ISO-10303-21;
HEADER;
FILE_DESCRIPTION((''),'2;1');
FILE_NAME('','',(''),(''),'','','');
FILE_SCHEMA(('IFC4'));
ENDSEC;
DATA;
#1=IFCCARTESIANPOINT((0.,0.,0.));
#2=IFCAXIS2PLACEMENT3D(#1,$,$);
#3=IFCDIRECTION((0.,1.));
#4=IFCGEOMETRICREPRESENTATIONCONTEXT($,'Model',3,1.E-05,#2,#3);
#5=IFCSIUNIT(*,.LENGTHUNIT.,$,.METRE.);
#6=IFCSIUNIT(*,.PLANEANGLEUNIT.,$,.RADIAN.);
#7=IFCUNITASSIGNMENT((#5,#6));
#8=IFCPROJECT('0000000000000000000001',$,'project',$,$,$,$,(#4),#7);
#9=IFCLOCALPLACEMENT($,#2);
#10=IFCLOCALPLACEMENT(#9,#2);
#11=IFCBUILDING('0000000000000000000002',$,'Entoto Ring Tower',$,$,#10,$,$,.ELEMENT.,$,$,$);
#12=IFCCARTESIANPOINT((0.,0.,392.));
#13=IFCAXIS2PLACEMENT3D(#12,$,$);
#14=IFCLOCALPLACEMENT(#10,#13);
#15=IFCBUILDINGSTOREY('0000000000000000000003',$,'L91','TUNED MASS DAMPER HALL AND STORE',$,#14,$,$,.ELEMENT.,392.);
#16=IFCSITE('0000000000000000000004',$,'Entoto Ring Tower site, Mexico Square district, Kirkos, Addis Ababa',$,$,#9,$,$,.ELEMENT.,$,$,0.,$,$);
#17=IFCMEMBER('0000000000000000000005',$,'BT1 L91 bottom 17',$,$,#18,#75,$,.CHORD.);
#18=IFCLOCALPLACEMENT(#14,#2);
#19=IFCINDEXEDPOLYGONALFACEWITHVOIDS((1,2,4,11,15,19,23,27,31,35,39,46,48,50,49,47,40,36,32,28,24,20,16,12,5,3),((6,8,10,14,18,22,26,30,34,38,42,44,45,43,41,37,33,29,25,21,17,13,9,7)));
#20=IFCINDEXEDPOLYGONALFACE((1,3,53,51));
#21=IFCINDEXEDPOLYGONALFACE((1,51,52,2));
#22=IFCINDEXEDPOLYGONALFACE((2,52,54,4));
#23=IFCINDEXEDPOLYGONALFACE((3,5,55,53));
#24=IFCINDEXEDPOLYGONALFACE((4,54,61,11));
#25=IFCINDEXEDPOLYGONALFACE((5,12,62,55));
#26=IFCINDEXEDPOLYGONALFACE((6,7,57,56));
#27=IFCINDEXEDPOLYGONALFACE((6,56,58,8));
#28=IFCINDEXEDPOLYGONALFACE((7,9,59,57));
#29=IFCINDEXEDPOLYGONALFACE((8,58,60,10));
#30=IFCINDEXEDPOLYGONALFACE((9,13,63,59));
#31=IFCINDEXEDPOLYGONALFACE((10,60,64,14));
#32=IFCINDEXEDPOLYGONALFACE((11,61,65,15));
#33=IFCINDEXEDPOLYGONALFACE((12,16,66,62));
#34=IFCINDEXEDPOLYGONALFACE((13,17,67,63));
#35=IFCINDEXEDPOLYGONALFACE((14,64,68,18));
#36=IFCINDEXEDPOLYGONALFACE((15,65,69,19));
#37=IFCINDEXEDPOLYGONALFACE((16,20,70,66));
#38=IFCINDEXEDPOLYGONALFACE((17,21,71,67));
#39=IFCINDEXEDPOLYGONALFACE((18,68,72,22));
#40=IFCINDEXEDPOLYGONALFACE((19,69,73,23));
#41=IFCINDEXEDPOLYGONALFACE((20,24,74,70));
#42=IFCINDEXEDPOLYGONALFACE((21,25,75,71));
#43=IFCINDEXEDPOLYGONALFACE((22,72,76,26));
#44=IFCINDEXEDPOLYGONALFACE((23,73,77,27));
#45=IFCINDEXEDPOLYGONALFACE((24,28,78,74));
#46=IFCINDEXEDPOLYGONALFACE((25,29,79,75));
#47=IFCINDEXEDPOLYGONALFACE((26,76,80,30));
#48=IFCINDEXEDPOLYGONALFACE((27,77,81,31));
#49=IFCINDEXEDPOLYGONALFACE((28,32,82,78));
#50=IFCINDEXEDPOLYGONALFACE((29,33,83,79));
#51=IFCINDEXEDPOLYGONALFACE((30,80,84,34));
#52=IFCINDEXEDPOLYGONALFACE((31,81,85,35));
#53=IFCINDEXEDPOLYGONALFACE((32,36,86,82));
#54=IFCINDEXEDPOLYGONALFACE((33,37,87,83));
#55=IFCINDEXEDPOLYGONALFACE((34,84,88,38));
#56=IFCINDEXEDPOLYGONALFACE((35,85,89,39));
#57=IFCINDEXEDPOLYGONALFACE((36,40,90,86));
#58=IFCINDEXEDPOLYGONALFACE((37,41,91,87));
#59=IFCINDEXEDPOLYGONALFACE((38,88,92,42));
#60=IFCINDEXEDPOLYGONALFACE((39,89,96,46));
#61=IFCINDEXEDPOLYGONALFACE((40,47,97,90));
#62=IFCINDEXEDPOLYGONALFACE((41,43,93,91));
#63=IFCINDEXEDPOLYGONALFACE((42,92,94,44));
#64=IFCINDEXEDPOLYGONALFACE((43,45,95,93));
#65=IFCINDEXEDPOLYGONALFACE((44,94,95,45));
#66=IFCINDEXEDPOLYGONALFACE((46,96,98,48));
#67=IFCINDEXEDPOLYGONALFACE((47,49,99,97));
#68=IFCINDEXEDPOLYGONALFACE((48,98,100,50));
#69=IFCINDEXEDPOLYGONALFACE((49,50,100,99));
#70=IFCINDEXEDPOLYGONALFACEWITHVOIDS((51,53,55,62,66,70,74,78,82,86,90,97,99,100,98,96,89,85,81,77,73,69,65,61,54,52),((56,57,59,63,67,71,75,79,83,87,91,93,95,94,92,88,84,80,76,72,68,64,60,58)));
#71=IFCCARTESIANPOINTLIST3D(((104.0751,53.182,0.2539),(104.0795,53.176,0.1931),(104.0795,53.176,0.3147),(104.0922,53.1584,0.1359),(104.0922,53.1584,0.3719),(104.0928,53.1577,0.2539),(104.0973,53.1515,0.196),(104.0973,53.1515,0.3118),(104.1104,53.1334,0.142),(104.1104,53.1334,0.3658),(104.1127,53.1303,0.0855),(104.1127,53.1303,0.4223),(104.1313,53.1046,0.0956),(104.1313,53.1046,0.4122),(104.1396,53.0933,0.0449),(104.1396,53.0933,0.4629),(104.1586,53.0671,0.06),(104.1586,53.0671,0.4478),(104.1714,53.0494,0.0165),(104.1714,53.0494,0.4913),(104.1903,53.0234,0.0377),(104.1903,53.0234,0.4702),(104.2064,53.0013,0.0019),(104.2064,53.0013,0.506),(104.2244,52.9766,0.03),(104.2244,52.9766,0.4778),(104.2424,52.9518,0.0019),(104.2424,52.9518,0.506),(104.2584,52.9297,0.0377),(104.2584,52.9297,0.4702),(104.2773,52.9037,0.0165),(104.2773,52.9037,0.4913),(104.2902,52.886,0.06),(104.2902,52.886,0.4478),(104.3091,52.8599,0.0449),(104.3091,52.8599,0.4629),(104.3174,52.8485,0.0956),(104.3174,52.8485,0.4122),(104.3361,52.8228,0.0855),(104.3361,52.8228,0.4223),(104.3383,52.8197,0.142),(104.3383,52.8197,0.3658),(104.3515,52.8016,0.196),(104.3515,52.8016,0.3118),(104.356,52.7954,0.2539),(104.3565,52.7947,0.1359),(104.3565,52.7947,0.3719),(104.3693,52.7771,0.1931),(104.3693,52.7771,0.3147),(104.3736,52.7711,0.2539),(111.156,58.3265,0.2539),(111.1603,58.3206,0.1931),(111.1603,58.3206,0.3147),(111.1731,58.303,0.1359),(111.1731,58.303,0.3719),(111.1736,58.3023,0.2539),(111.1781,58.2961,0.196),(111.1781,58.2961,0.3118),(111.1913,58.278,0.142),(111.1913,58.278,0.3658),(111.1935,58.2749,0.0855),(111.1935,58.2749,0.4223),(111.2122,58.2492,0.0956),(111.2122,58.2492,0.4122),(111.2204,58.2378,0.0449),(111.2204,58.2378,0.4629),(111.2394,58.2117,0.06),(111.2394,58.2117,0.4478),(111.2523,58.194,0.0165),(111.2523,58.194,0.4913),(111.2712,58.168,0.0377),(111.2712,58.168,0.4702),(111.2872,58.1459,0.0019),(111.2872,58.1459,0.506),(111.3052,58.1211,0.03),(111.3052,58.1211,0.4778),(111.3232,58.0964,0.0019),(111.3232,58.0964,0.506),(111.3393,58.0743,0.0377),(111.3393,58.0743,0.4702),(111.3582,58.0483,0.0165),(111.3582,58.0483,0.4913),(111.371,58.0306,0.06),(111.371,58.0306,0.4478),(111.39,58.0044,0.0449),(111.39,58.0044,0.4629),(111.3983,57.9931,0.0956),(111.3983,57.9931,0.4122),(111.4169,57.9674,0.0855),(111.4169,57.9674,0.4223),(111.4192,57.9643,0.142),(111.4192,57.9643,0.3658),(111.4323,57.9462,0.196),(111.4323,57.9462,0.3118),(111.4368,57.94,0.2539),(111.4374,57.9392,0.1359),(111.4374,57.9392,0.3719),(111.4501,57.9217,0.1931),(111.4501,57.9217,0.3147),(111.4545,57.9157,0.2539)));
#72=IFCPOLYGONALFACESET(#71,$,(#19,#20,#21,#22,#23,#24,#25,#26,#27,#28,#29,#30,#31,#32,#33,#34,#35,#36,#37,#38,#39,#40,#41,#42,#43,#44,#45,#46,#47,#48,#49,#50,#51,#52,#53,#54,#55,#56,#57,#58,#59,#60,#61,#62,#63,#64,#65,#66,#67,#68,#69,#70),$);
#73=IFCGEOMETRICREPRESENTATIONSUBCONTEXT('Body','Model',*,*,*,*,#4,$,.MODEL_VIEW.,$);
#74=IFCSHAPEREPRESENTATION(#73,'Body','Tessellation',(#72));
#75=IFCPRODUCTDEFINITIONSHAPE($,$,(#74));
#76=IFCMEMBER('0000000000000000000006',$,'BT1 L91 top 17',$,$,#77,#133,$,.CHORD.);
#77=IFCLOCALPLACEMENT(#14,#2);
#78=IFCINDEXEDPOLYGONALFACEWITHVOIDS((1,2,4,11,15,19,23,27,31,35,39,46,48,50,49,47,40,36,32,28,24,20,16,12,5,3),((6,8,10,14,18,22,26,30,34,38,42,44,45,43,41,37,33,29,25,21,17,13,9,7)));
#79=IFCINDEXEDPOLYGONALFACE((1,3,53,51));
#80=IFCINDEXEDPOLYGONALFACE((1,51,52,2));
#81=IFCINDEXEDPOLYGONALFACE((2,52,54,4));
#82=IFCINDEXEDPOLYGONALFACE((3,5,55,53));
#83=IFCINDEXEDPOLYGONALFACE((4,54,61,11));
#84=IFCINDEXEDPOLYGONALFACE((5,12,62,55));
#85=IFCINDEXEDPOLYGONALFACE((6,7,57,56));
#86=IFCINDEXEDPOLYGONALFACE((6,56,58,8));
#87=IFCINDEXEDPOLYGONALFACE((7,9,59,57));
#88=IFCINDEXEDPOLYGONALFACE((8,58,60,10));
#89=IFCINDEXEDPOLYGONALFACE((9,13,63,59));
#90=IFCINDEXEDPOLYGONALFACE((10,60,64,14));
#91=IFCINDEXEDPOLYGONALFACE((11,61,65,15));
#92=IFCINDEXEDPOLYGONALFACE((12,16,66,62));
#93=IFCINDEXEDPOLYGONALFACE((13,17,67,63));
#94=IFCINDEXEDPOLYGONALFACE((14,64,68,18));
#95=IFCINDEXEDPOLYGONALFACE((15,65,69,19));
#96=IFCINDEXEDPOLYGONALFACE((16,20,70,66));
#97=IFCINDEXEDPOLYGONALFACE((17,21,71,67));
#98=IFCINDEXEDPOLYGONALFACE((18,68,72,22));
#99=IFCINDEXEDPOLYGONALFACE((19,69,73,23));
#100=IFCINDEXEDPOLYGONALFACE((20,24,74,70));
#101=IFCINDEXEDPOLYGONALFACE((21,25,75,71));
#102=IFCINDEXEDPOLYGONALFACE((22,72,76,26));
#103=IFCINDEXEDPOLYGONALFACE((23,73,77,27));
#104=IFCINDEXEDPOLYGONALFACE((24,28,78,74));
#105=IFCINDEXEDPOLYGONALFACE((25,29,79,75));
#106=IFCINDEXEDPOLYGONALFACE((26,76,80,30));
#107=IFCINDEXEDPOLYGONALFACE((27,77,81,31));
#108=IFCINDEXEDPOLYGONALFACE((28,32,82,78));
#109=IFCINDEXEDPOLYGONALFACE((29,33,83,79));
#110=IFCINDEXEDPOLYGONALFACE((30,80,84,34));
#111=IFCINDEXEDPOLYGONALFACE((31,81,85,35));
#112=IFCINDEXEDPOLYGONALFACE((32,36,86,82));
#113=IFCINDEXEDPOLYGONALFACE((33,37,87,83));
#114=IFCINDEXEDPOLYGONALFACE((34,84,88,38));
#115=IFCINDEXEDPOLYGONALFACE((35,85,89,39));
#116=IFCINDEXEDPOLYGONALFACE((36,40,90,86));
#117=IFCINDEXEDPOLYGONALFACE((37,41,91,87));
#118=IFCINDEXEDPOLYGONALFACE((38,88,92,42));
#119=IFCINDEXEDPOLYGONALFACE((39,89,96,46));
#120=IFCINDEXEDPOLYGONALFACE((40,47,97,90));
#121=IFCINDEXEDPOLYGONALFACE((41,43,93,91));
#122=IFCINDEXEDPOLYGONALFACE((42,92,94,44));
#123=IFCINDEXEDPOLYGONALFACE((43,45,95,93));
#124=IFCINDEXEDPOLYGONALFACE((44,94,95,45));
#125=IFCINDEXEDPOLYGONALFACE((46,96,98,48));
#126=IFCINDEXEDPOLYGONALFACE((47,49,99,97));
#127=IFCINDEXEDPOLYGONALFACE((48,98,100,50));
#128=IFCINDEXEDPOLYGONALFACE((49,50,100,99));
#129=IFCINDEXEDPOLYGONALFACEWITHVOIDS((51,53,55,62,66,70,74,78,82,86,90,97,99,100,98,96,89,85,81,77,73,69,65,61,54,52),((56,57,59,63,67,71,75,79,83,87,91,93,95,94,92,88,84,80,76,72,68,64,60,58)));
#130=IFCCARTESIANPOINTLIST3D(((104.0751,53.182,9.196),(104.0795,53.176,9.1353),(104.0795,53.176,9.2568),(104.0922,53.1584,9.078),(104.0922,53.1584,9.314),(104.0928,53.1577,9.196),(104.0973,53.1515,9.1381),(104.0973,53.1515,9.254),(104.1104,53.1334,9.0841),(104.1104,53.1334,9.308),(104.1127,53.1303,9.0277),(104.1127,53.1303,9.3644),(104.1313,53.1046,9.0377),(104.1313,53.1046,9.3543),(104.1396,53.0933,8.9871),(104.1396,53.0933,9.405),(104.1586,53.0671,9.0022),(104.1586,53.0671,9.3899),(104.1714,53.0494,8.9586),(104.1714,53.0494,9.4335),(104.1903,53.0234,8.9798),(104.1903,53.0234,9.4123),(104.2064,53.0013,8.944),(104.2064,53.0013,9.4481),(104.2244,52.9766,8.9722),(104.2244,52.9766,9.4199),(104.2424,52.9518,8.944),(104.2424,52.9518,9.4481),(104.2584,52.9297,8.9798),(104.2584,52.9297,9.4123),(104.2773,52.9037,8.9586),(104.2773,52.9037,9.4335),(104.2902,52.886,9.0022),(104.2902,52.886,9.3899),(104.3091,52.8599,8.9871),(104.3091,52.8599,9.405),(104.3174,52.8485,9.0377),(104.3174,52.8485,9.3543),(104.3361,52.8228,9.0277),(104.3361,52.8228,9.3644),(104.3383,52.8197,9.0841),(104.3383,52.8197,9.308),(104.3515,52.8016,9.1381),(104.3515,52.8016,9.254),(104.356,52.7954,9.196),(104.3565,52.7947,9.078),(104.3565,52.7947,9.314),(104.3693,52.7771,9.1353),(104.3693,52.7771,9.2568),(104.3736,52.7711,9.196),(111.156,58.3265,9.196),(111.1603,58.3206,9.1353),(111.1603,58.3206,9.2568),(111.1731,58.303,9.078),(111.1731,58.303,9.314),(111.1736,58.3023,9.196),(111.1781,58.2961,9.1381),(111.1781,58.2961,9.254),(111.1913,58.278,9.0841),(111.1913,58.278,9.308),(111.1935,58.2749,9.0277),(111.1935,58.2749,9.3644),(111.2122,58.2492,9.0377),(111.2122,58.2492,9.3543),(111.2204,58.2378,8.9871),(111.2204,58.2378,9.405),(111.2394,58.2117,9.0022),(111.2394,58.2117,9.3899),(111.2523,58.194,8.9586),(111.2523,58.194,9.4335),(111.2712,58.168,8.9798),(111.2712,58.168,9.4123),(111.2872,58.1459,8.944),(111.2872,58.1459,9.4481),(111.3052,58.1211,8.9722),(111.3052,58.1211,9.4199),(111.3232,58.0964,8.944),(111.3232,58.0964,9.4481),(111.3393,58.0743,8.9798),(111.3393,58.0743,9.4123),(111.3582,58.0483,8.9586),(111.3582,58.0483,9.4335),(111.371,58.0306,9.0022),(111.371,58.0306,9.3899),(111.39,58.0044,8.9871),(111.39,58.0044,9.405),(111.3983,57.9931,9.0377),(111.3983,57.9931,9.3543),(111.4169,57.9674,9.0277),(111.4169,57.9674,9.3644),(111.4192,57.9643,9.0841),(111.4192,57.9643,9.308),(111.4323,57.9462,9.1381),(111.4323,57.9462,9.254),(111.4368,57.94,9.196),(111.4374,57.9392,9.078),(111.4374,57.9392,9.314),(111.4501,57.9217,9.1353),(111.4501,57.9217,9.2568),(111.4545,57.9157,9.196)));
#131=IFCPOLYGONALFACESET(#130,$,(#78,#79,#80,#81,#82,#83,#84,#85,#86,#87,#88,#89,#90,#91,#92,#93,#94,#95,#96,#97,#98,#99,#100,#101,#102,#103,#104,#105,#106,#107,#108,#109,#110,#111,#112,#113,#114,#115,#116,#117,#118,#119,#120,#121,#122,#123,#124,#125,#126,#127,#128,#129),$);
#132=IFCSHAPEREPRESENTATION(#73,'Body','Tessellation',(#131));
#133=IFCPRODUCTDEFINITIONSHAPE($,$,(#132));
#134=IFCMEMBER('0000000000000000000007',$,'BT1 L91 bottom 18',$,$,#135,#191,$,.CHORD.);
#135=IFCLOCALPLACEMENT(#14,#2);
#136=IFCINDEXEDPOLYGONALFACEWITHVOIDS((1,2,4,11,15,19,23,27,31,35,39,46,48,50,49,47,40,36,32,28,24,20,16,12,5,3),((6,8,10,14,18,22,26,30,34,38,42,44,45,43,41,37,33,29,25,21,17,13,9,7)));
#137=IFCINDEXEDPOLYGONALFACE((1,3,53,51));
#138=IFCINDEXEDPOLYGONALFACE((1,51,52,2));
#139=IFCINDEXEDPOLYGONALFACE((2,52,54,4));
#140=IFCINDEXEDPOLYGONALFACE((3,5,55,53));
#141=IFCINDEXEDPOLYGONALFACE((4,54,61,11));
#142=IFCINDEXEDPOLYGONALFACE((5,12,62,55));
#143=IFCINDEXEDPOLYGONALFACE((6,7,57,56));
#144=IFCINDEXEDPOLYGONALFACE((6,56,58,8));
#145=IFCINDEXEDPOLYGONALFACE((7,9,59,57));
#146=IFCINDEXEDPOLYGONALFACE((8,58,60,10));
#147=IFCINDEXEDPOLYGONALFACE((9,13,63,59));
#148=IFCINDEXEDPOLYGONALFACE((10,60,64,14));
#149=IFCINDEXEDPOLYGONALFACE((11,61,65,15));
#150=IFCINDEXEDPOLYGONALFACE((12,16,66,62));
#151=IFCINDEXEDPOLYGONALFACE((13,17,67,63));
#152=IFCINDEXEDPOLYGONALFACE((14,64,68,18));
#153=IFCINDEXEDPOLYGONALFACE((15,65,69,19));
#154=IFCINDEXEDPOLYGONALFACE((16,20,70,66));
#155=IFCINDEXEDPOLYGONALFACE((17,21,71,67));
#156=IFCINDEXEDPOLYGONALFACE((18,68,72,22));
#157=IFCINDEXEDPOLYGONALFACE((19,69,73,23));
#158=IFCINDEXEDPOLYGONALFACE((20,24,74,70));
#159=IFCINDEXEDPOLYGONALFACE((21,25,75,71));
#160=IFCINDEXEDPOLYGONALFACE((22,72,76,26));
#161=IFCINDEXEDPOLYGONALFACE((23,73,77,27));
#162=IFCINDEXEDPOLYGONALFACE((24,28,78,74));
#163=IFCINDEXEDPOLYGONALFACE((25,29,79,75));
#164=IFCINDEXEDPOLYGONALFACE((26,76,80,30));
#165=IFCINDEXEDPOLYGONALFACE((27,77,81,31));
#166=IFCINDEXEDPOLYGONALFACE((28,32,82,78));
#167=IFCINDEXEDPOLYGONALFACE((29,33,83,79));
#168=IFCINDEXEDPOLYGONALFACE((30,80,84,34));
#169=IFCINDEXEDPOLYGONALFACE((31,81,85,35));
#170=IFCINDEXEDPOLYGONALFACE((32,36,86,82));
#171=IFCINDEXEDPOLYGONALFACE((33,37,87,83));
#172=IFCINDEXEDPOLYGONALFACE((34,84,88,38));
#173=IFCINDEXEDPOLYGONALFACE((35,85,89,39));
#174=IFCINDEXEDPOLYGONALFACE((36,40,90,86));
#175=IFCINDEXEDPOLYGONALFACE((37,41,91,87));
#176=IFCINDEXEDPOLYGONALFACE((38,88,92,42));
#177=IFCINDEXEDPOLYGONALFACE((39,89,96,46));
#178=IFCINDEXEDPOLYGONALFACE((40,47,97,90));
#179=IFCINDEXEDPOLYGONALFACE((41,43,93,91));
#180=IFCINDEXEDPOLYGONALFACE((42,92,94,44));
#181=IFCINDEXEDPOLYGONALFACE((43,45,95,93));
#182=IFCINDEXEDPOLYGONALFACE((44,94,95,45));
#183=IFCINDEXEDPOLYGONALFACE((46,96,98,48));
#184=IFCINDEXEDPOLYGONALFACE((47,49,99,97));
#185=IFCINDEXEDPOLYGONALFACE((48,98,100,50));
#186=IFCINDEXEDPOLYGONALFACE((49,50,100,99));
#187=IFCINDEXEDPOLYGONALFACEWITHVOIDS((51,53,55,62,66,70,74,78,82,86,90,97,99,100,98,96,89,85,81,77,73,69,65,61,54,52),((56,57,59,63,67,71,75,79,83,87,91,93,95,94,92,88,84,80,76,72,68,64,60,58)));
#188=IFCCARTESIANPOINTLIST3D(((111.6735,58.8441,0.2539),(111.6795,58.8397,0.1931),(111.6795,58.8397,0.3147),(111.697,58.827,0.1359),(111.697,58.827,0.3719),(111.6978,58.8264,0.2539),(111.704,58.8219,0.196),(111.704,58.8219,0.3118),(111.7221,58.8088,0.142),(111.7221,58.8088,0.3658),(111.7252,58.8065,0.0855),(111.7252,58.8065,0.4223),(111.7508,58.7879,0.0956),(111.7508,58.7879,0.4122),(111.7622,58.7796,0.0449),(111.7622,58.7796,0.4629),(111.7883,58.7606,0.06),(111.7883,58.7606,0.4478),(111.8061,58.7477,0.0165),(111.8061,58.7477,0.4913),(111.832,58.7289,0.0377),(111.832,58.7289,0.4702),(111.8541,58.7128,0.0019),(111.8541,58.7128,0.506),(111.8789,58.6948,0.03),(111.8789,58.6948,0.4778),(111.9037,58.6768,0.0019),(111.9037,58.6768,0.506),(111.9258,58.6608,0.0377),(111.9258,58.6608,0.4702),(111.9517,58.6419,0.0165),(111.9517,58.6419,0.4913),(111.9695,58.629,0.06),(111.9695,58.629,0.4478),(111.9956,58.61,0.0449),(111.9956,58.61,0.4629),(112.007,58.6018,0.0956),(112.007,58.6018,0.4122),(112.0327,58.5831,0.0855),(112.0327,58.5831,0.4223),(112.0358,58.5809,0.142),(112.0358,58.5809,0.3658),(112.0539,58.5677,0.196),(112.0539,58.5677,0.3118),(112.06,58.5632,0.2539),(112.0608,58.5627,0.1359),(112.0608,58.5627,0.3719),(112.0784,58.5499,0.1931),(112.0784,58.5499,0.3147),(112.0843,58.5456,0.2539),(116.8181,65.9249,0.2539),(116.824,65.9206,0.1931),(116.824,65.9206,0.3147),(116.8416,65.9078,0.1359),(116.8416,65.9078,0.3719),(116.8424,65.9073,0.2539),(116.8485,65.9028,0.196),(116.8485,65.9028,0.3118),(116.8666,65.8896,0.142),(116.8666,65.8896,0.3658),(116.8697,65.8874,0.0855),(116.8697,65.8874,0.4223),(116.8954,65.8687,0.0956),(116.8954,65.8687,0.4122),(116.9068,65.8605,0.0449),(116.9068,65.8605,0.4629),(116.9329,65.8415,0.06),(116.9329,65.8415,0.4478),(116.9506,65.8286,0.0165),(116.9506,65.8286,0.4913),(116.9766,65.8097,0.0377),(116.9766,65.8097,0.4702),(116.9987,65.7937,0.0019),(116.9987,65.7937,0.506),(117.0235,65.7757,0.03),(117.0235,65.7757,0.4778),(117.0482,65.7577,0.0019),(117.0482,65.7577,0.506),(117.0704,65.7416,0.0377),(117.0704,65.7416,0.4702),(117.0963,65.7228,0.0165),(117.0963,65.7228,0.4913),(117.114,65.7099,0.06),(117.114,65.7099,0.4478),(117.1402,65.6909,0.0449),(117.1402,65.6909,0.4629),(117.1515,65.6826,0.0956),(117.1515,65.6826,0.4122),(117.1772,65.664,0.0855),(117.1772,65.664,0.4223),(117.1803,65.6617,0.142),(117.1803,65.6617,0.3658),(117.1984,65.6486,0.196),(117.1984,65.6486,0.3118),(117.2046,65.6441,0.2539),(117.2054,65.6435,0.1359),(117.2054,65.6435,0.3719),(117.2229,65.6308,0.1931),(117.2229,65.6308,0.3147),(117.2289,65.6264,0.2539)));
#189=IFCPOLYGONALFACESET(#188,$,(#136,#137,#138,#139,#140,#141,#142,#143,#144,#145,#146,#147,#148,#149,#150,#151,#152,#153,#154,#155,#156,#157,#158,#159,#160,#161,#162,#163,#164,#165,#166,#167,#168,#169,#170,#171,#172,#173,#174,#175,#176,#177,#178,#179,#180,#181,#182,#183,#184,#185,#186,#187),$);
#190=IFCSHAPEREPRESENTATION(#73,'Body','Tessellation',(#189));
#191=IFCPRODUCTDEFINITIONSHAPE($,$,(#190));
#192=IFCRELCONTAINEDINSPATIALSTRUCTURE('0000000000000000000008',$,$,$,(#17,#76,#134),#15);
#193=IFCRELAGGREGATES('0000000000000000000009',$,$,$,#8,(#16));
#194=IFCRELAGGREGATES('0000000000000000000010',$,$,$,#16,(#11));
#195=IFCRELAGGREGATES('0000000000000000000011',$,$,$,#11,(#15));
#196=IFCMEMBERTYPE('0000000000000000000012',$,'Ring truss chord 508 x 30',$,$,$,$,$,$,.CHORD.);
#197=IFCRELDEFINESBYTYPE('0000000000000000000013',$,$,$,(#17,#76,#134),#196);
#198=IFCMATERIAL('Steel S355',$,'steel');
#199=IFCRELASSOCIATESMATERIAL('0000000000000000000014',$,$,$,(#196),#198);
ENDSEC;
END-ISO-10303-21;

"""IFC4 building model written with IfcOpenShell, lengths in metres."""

from ifc_helpers import new_model, si_unit, direction, frame, origin, origin_2d, place, context, subcontext, project, spatial, circle, hollow_circle, extrude, material, material_profile, profile_set, type_object, element, save


model = new_model("IFC4")

# Units and contexts
model_context = context("Model", 3, precision=1e-05, world=origin(), true_north=direction((0.0, 1.0)))
body_context = subcontext(model_context, "Body", "Model", "MODEL_VIEW")
ifc_project = project(units=[si_unit("LENGTHUNIT", "METRE"), si_unit("PLANEANGLEUNIT", "RADIAN")], contexts=[model_context])

# Site, building, storey
site_placement = place(None, origin())
site = spatial("IfcSite", under=ifc_project, at=site_placement, Name="Entoto Ring Tower site, Mexico Square district, Kirkos, Addis Ababa", CompositionType="ELEMENT", RefElevation=0.0)
building_placement = place(site_placement, origin())
building = spatial("IfcBuilding", under=site, at=building_placement, Name="Entoto Ring Tower", CompositionType="ELEMENT")
storey_placement = place(building_placement, frame((0.0, 0.0, 392.0)))
storey = spatial("IfcBuildingStorey", under=building, at=storey_placement, Name="L91", Description="TUNED MASS DAMPER HALL AND STORE", CompositionType="ELEMENT", Elevation=392.0)

# Members
ifc_material_1 = material(Name="Steel S355", Category="steel")
ifc_material_profile_1 = material_profile(ifc_material_1, hollow_circle(Radius=0.2539, WallThickness=0.03, at=origin_2d()), Name="CHS 508 x 30")
ifc_material_2 = material(Name="Concrete C60/75", Category="concrete")
ifc_material_profile_2 = material_profile(ifc_material_2, circle(Radius=0.2241, at=origin_2d()), Name="Concrete C60/75 infill")
ifc_profile_set_1 = profile_set([ifc_material_profile_1, ifc_material_profile_2], Name="Steel S355")
member_type_1 = type_object("IfcMemberType", Name="Ring truss chord 508 x 30", PredefinedType="CHORD", material=ifc_profile_set_1)
for number, where, z_axis, x_axis, name in (
    (1, (104.2244, 52.9766, 0.2539), (0.809016, 0.587787, 0.0), (-0.587787, 0.809016, 0.0), "BT1 L91 bottom 17"),
    (2, (104.2244, 52.9766, 9.196), (0.809016, 0.587787, 0.0), (-0.587787, 0.809016, 0.0), "BT1 L91 top 17"),
    (3, (111.8789, 58.6948, 0.2539), (0.587787, 0.809016, 0.0), (-0.809016, 0.587787, 0.0), "BT1 L91 bottom 18"),
):
    element("IfcMember", number, at=place(storey_placement, frame(where, z_axis=z_axis, x_axis=x_axis)), inside=storey, type_object=member_type_1, Name=name, PredefinedType="CHORD", context=body_context, shape_type="SweptSolid", body=[
        extrude(hollow_circle(Radius=0.2539, WallThickness=0.03, at=origin_2d()), origin(), (0.0, 0.0, 1.0), 8.7524),
    ])

save(model, "model.ifc")
